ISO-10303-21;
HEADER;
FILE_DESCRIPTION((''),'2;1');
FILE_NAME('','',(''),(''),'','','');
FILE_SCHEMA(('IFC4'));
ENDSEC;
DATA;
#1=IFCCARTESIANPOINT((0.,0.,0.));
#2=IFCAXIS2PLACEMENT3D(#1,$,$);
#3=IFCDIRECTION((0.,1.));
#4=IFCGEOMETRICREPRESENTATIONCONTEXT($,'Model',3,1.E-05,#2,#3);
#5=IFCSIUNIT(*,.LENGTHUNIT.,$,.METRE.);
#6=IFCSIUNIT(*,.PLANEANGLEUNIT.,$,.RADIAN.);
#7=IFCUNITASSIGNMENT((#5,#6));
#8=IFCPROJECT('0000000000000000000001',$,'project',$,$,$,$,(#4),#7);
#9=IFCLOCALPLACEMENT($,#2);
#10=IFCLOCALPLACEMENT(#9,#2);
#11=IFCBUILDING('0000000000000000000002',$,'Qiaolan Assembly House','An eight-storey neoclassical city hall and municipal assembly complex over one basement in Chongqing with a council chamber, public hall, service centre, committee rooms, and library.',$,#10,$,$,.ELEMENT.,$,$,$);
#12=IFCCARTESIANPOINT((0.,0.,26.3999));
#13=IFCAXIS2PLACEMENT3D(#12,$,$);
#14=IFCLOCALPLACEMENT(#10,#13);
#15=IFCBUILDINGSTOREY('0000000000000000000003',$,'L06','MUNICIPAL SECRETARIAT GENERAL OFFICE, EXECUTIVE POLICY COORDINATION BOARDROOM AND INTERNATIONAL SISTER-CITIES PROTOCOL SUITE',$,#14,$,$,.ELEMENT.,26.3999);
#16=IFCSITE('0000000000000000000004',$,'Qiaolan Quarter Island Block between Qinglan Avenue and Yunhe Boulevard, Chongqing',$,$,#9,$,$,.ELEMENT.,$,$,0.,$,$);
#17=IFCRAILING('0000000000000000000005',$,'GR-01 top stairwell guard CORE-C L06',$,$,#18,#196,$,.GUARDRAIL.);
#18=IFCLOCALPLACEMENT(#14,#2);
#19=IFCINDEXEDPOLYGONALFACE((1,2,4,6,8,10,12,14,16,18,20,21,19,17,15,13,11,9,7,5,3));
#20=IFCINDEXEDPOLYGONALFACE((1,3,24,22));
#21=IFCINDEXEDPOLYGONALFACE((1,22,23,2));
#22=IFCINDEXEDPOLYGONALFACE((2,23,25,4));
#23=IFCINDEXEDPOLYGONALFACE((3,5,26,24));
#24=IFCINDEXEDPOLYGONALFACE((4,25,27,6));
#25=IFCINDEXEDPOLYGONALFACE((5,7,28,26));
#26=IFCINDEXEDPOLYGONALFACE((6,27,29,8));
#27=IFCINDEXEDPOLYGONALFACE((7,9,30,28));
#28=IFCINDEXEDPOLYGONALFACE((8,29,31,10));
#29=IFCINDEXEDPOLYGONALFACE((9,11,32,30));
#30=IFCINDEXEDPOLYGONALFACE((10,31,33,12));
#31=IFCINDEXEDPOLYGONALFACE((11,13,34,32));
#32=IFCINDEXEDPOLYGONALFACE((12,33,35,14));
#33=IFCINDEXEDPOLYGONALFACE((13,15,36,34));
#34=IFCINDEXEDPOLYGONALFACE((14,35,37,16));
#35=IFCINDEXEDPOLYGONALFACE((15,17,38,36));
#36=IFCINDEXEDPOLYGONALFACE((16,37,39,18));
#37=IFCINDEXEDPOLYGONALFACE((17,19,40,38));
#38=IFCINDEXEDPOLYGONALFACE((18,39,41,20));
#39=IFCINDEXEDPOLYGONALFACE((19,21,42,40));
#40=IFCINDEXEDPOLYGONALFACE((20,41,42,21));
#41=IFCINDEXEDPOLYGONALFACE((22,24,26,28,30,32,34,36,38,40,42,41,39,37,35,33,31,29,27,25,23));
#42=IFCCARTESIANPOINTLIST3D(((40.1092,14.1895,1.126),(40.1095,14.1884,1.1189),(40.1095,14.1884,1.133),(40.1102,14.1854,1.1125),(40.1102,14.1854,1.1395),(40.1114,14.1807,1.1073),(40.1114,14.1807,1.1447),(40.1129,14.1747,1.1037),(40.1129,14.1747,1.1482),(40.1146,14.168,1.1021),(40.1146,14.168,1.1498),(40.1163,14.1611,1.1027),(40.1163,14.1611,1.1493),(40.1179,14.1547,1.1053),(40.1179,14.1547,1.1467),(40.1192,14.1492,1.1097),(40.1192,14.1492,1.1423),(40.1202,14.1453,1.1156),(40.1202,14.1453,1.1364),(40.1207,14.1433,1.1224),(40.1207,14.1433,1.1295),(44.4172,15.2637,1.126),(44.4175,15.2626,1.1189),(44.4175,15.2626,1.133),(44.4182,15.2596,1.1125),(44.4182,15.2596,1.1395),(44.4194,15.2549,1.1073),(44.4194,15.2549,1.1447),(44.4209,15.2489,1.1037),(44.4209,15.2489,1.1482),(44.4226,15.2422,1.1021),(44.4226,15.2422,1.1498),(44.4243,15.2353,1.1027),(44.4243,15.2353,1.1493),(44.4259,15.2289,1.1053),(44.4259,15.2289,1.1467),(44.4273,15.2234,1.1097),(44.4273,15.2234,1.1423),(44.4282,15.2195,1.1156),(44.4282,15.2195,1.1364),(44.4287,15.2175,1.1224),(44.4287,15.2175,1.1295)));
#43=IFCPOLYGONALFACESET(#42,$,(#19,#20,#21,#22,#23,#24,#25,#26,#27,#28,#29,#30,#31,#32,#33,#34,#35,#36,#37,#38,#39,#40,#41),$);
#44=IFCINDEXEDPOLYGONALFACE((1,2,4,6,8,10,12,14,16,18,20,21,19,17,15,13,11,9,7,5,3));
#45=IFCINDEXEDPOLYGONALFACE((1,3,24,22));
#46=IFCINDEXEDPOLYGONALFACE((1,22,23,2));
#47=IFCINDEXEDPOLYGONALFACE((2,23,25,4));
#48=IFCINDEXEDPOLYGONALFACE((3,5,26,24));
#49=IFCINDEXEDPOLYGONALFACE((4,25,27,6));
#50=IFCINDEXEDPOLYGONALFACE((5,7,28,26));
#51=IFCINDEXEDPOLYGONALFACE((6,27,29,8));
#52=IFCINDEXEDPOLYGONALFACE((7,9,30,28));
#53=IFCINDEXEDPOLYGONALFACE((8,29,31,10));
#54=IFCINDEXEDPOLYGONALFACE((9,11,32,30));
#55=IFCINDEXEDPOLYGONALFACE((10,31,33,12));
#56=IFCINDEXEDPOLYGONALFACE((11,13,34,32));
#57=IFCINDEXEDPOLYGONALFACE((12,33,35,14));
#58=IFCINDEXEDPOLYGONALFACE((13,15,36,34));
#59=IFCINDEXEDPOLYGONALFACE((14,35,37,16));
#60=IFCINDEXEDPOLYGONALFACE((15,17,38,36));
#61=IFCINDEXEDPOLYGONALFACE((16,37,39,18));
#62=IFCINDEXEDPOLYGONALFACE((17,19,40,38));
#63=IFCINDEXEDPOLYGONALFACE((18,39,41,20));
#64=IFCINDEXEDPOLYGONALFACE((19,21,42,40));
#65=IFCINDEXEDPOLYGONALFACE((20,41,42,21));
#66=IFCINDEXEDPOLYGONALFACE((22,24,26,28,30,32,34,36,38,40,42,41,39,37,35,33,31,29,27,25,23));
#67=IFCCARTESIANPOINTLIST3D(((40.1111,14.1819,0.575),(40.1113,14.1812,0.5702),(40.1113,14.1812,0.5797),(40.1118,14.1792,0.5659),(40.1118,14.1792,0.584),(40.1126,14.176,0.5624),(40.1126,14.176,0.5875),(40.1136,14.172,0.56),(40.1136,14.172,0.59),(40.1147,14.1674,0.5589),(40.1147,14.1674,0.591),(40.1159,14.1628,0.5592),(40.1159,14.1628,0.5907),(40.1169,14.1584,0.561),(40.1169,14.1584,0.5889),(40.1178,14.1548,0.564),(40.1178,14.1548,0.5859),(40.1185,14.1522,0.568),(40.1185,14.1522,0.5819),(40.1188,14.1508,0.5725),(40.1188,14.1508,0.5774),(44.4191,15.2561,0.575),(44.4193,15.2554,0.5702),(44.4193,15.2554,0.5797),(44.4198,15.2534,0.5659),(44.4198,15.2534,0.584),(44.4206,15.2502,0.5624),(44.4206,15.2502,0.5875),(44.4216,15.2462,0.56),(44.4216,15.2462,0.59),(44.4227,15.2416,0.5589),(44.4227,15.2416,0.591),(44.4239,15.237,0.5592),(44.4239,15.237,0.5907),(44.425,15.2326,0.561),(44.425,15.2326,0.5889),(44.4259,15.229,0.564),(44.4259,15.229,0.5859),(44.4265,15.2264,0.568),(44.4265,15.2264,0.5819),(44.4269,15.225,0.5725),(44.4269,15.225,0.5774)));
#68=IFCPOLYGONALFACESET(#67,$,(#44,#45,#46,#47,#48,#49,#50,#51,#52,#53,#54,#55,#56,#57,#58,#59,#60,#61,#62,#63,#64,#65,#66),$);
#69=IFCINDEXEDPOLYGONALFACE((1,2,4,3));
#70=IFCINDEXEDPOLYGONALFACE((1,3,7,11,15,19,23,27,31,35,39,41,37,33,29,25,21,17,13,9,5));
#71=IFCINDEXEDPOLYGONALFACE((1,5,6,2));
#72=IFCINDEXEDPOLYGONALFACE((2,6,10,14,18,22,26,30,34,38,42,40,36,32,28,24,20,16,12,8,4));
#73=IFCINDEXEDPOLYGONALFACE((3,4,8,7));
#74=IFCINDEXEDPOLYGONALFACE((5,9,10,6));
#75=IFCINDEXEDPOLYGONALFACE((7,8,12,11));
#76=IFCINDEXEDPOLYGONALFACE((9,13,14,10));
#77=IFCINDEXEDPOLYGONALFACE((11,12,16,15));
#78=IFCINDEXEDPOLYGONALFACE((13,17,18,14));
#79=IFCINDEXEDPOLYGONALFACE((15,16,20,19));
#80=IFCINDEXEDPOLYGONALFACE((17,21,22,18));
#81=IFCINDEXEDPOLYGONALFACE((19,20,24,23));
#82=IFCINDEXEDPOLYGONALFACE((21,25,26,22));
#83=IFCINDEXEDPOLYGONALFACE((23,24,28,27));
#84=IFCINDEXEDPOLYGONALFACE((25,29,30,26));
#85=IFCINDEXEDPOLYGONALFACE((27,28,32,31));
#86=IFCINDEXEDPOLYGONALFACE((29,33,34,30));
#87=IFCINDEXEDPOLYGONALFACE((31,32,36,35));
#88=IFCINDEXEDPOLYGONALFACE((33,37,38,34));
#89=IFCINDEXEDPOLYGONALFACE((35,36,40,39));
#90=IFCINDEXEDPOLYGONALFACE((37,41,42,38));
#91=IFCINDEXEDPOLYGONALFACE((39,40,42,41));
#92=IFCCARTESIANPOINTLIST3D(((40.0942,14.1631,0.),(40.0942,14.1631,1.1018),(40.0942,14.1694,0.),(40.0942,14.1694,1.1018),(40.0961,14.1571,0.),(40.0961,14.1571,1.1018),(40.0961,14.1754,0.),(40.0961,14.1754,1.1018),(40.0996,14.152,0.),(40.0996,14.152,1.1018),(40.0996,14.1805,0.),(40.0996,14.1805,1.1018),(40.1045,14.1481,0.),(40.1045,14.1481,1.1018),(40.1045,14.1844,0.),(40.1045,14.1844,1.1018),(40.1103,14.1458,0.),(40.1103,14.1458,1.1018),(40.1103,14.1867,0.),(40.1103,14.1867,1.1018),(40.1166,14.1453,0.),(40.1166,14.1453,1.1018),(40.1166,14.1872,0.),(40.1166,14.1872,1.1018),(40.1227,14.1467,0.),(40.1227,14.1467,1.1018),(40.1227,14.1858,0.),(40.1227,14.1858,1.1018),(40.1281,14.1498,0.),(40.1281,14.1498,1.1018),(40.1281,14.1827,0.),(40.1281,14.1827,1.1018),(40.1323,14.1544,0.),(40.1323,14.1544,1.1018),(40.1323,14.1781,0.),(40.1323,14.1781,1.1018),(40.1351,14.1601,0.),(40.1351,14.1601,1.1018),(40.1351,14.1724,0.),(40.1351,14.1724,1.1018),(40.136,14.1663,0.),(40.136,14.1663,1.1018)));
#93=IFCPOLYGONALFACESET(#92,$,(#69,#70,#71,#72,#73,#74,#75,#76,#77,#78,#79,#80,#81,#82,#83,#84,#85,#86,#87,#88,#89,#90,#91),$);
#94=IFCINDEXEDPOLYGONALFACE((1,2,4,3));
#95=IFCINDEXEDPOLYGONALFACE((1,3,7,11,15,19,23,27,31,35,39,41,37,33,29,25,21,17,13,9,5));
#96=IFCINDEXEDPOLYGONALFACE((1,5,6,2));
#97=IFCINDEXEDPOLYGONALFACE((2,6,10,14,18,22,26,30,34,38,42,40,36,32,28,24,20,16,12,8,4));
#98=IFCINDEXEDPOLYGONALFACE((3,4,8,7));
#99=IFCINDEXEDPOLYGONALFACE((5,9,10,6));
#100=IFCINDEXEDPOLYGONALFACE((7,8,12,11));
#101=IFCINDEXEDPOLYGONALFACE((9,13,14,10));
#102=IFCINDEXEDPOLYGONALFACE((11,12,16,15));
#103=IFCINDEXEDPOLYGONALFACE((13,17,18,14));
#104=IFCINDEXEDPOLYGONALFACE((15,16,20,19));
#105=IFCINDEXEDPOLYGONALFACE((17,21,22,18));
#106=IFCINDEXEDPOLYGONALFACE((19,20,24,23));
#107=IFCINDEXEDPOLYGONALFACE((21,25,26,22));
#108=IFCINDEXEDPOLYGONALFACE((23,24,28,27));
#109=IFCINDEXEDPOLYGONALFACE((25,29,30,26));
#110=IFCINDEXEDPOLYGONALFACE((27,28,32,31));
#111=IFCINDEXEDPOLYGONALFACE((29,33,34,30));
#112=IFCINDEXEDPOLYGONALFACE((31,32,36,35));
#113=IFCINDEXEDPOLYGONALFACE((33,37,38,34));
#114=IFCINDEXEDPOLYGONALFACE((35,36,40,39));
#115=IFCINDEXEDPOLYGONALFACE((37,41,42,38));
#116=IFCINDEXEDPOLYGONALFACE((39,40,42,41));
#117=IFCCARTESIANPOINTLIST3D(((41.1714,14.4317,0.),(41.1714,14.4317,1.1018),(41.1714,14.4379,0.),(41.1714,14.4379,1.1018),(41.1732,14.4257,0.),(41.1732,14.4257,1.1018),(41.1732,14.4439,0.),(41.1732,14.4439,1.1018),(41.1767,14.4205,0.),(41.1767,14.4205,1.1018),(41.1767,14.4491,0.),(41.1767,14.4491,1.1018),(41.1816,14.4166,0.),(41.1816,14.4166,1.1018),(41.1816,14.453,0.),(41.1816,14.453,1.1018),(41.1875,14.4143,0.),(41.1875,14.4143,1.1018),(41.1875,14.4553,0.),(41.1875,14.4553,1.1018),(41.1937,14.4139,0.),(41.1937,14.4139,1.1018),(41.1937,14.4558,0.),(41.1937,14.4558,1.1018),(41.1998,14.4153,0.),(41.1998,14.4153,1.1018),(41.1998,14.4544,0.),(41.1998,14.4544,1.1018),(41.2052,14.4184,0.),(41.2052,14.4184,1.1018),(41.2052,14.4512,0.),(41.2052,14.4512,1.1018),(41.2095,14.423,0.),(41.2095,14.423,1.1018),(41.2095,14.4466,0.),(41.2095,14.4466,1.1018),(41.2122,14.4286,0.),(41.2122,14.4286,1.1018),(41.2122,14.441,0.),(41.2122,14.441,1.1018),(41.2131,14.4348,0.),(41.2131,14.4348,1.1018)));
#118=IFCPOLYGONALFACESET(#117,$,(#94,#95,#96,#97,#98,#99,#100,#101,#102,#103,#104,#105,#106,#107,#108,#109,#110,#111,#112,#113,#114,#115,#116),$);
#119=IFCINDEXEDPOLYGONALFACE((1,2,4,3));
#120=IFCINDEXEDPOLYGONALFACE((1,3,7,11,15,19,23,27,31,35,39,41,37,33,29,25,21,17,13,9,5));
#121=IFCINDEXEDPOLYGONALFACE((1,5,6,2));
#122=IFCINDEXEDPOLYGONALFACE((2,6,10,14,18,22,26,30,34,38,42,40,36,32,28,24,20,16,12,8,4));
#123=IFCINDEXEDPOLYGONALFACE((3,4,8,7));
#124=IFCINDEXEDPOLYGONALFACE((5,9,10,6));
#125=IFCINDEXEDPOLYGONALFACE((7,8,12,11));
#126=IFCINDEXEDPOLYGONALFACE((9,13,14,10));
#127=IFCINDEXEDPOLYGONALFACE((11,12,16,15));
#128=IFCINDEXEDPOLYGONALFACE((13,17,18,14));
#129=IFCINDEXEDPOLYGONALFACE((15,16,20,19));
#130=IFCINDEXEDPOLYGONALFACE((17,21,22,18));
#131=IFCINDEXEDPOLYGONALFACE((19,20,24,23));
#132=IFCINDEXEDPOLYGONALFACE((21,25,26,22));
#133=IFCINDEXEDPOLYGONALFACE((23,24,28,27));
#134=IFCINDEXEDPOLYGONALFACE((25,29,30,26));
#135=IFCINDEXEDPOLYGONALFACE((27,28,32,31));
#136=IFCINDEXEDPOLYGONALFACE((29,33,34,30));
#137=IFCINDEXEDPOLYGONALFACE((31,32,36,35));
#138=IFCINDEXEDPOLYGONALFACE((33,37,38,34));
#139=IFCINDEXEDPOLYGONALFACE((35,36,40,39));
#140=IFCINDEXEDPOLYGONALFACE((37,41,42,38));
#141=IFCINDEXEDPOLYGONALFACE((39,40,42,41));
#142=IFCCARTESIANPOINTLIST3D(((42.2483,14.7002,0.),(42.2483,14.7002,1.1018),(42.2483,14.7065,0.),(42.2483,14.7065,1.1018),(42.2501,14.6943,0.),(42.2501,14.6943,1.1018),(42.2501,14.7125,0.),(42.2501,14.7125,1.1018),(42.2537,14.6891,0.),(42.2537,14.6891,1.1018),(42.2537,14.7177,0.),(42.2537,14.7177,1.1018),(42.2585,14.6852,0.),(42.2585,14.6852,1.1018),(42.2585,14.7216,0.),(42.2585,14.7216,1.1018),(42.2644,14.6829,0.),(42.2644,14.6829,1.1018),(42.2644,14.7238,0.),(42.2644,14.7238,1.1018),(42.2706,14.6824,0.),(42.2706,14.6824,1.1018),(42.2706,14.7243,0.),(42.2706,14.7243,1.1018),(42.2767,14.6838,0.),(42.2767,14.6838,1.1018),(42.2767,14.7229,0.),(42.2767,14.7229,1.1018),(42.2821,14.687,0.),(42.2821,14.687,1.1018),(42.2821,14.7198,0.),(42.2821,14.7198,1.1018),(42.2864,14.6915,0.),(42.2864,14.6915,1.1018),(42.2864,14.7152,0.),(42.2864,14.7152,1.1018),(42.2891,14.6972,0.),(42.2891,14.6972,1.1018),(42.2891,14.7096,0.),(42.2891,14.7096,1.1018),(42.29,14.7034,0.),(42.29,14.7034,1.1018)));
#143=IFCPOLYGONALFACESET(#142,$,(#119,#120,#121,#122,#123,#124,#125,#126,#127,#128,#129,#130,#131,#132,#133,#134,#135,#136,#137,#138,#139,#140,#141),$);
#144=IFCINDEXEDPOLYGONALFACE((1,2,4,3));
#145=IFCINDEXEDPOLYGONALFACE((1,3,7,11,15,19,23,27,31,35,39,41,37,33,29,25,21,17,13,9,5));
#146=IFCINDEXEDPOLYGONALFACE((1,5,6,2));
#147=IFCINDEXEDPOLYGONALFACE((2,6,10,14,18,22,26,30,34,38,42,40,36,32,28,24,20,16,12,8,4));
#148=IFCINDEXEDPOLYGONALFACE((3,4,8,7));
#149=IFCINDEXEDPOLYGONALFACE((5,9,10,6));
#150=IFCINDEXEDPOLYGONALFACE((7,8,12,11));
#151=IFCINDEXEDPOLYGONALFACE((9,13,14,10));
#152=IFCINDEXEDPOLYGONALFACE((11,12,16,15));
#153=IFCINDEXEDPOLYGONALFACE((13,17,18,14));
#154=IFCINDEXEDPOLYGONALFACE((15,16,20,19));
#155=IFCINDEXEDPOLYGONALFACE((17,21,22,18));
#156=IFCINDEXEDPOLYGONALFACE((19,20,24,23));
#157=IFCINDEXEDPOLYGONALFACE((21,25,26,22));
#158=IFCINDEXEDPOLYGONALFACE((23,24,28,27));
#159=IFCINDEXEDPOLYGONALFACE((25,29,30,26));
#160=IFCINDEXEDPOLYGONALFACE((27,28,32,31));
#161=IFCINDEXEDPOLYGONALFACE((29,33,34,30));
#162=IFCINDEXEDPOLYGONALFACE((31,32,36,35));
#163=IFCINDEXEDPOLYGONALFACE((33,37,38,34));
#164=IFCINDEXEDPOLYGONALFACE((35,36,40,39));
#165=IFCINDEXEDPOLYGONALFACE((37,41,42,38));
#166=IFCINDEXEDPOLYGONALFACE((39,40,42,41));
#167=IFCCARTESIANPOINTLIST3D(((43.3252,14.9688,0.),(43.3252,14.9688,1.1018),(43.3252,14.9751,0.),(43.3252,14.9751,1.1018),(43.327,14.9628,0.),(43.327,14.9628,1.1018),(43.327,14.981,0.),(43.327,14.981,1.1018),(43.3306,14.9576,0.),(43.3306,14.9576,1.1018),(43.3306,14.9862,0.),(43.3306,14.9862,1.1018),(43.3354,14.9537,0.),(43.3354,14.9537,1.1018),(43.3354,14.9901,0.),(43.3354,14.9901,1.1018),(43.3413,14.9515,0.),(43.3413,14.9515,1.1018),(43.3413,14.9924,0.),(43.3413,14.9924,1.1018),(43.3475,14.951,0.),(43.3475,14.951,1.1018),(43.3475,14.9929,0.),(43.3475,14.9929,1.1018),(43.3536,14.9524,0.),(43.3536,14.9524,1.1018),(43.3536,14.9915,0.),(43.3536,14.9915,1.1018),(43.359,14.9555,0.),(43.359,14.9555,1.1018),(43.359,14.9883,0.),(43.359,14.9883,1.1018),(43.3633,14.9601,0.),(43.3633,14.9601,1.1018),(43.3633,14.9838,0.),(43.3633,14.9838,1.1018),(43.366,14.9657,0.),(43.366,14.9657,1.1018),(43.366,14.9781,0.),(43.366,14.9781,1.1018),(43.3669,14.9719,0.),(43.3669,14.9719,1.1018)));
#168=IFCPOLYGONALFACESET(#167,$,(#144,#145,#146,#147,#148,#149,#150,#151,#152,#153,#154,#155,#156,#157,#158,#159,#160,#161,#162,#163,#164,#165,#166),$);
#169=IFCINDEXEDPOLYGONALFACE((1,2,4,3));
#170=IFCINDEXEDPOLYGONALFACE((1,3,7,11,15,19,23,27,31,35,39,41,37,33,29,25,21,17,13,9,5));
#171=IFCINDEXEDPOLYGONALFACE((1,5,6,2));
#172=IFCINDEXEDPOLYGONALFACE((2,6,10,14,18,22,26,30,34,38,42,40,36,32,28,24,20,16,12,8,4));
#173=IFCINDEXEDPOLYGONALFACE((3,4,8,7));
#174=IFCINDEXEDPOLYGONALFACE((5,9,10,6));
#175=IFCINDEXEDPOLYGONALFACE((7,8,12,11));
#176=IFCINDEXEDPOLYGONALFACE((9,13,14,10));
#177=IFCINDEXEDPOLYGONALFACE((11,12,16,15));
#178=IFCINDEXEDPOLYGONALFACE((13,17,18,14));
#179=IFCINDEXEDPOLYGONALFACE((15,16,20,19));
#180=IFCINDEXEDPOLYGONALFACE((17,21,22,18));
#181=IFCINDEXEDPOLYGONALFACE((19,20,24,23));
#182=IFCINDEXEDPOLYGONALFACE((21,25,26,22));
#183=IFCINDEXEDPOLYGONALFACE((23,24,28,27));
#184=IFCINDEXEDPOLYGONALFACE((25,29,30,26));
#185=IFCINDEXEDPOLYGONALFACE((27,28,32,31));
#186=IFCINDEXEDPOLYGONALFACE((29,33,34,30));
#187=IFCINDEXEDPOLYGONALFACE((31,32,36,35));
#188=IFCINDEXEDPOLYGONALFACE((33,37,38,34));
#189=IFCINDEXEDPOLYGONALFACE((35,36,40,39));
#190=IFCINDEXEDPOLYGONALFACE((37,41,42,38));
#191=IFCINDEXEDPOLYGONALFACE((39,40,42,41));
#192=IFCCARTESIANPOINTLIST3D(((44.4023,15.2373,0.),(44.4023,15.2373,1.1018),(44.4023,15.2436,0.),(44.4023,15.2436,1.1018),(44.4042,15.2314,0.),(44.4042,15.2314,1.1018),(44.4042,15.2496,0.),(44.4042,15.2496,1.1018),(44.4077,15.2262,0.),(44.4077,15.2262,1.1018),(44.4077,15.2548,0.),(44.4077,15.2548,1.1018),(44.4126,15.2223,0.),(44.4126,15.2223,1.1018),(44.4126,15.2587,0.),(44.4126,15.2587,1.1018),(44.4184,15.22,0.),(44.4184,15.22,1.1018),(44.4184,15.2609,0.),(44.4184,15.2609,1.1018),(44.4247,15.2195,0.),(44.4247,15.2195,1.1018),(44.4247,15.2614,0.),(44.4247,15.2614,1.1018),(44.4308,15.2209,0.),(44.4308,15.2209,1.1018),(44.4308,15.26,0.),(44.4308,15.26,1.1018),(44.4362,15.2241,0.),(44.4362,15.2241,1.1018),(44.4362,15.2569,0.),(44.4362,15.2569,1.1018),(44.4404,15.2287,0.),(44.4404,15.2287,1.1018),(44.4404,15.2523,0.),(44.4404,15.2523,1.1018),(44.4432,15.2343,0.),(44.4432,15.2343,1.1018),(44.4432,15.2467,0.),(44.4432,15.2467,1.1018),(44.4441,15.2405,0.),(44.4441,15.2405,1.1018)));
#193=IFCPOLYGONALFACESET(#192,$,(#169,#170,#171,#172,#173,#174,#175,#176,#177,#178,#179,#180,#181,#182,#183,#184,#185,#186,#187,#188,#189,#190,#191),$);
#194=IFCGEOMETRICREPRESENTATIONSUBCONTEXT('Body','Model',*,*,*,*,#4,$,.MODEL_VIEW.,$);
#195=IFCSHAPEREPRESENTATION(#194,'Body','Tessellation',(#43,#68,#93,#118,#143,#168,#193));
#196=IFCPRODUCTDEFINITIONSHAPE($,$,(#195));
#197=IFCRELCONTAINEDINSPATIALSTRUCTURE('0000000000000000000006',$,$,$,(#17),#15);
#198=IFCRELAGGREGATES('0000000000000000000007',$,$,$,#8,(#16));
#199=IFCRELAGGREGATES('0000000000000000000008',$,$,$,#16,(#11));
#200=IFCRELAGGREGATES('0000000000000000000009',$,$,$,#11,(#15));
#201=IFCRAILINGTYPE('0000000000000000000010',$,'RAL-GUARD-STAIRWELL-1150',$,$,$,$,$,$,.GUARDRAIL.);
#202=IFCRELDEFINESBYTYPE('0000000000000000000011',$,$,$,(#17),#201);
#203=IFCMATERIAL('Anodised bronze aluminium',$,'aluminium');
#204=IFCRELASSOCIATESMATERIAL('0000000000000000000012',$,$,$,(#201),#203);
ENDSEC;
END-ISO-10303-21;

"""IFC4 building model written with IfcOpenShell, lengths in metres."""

from ifc_helpers import new_model, si_unit, direction, frame, origin, origin_2d, place, context, subcontext, project, spatial, circle, extrude, material, type_object, element, save


model = new_model("IFC4")

# Units and contexts
model_context = context("Model", 3, precision=1e-05, world=origin(), true_north=direction((0.0, 1.0)))
body_context = subcontext(model_context, "Body", "Model", "MODEL_VIEW")
ifc_project = project(units=[si_unit("LENGTHUNIT", "METRE"), si_unit("PLANEANGLEUNIT", "RADIAN")], contexts=[model_context])

# Site, building, storey
site_placement = place(None, origin())
site = spatial("IfcSite", under=ifc_project, at=site_placement, Name="Qiaolan Quarter Island Block between Qinglan Avenue and Yunhe Boulevard, Chongqing", CompositionType="ELEMENT", RefElevation=0.0)
building_placement = place(site_placement, origin())
building = spatial("IfcBuilding", under=site, at=building_placement, Name="Qiaolan Assembly House", Description="An eight-storey neoclassical city hall and municipal assembly complex over one basement in Chongqing with a council chamber, public hall, service centre, committee rooms, and library.", CompositionType="ELEMENT")
storey_placement = place(building_placement, frame((0.0, 0.0, 26.3999)))
storey = spatial("IfcBuildingStorey", under=building, at=storey_placement, Name="L06", Description="MUNICIPAL SECRETARIAT GENERAL OFFICE, EXECUTIVE POLICY COORDINATION BOARDROOM AND INTERNATIONAL SISTER-CITIES PROTOCOL SUITE", CompositionType="ELEMENT", Elevation=26.3999)

# Railing
ifc_material_1 = material(Name="Anodised bronze aluminium", Category="aluminium")
railing_type = type_object("IfcRailingType", Name="RAL-GUARD-STAIRWELL-1150", PredefinedType="GUARDRAIL", material=ifc_material_1)
railing_placement = place(storey_placement, frame((40.115, 14.1663, 0.0)))
element("IfcRailing", 1, at=railing_placement, inside=storey, type_object=railing_type, Name="GR-01 top stairwell guard CORE-C L06", PredefinedType="GUARDRAIL", context=body_context, shape_type="SweptSolid", body=[
    extrude(circle(Radius=0.0239, at=origin_2d()), frame((0.0, 0.0, 1.126), z_axis=(0.970291, 0.24194, 0.0), x_axis=(-0.24194, 0.970291, 0.0)), (0.0, 0.0, 1.0), 4.4399),
    extrude(circle(Radius=0.0161, at=origin_2d()), frame((0.0, 0.0, 0.575), z_axis=(0.970291, 0.24194, 0.0), x_axis=(-0.24194, 0.970291, 0.0)), (0.0, 0.0, 1.0), 4.4399),
    extrude(circle(Radius=0.021, at=origin_2d()), origin(), (0.0, 0.0, 1.0), 1.1018),
    extrude(circle(Radius=0.021, at=origin_2d()), frame((1.0771, 0.2686, 0.0)), (0.0, 0.0, 1.0), 1.1018),
    extrude(circle(Radius=0.021, at=origin_2d()), frame((2.1541, 0.5371, 0.0)), (0.0, 0.0, 1.0), 1.1018),
    extrude(circle(Radius=0.021, at=origin_2d()), frame((3.231, 0.8057, 0.0)), (0.0, 0.0, 1.0), 1.1018),
    extrude(circle(Radius=0.021, at=origin_2d()), frame((4.3081, 1.0742, 0.0)), (0.0, 0.0, 1.0), 1.1018),
])

save(model, "model.ifc")
